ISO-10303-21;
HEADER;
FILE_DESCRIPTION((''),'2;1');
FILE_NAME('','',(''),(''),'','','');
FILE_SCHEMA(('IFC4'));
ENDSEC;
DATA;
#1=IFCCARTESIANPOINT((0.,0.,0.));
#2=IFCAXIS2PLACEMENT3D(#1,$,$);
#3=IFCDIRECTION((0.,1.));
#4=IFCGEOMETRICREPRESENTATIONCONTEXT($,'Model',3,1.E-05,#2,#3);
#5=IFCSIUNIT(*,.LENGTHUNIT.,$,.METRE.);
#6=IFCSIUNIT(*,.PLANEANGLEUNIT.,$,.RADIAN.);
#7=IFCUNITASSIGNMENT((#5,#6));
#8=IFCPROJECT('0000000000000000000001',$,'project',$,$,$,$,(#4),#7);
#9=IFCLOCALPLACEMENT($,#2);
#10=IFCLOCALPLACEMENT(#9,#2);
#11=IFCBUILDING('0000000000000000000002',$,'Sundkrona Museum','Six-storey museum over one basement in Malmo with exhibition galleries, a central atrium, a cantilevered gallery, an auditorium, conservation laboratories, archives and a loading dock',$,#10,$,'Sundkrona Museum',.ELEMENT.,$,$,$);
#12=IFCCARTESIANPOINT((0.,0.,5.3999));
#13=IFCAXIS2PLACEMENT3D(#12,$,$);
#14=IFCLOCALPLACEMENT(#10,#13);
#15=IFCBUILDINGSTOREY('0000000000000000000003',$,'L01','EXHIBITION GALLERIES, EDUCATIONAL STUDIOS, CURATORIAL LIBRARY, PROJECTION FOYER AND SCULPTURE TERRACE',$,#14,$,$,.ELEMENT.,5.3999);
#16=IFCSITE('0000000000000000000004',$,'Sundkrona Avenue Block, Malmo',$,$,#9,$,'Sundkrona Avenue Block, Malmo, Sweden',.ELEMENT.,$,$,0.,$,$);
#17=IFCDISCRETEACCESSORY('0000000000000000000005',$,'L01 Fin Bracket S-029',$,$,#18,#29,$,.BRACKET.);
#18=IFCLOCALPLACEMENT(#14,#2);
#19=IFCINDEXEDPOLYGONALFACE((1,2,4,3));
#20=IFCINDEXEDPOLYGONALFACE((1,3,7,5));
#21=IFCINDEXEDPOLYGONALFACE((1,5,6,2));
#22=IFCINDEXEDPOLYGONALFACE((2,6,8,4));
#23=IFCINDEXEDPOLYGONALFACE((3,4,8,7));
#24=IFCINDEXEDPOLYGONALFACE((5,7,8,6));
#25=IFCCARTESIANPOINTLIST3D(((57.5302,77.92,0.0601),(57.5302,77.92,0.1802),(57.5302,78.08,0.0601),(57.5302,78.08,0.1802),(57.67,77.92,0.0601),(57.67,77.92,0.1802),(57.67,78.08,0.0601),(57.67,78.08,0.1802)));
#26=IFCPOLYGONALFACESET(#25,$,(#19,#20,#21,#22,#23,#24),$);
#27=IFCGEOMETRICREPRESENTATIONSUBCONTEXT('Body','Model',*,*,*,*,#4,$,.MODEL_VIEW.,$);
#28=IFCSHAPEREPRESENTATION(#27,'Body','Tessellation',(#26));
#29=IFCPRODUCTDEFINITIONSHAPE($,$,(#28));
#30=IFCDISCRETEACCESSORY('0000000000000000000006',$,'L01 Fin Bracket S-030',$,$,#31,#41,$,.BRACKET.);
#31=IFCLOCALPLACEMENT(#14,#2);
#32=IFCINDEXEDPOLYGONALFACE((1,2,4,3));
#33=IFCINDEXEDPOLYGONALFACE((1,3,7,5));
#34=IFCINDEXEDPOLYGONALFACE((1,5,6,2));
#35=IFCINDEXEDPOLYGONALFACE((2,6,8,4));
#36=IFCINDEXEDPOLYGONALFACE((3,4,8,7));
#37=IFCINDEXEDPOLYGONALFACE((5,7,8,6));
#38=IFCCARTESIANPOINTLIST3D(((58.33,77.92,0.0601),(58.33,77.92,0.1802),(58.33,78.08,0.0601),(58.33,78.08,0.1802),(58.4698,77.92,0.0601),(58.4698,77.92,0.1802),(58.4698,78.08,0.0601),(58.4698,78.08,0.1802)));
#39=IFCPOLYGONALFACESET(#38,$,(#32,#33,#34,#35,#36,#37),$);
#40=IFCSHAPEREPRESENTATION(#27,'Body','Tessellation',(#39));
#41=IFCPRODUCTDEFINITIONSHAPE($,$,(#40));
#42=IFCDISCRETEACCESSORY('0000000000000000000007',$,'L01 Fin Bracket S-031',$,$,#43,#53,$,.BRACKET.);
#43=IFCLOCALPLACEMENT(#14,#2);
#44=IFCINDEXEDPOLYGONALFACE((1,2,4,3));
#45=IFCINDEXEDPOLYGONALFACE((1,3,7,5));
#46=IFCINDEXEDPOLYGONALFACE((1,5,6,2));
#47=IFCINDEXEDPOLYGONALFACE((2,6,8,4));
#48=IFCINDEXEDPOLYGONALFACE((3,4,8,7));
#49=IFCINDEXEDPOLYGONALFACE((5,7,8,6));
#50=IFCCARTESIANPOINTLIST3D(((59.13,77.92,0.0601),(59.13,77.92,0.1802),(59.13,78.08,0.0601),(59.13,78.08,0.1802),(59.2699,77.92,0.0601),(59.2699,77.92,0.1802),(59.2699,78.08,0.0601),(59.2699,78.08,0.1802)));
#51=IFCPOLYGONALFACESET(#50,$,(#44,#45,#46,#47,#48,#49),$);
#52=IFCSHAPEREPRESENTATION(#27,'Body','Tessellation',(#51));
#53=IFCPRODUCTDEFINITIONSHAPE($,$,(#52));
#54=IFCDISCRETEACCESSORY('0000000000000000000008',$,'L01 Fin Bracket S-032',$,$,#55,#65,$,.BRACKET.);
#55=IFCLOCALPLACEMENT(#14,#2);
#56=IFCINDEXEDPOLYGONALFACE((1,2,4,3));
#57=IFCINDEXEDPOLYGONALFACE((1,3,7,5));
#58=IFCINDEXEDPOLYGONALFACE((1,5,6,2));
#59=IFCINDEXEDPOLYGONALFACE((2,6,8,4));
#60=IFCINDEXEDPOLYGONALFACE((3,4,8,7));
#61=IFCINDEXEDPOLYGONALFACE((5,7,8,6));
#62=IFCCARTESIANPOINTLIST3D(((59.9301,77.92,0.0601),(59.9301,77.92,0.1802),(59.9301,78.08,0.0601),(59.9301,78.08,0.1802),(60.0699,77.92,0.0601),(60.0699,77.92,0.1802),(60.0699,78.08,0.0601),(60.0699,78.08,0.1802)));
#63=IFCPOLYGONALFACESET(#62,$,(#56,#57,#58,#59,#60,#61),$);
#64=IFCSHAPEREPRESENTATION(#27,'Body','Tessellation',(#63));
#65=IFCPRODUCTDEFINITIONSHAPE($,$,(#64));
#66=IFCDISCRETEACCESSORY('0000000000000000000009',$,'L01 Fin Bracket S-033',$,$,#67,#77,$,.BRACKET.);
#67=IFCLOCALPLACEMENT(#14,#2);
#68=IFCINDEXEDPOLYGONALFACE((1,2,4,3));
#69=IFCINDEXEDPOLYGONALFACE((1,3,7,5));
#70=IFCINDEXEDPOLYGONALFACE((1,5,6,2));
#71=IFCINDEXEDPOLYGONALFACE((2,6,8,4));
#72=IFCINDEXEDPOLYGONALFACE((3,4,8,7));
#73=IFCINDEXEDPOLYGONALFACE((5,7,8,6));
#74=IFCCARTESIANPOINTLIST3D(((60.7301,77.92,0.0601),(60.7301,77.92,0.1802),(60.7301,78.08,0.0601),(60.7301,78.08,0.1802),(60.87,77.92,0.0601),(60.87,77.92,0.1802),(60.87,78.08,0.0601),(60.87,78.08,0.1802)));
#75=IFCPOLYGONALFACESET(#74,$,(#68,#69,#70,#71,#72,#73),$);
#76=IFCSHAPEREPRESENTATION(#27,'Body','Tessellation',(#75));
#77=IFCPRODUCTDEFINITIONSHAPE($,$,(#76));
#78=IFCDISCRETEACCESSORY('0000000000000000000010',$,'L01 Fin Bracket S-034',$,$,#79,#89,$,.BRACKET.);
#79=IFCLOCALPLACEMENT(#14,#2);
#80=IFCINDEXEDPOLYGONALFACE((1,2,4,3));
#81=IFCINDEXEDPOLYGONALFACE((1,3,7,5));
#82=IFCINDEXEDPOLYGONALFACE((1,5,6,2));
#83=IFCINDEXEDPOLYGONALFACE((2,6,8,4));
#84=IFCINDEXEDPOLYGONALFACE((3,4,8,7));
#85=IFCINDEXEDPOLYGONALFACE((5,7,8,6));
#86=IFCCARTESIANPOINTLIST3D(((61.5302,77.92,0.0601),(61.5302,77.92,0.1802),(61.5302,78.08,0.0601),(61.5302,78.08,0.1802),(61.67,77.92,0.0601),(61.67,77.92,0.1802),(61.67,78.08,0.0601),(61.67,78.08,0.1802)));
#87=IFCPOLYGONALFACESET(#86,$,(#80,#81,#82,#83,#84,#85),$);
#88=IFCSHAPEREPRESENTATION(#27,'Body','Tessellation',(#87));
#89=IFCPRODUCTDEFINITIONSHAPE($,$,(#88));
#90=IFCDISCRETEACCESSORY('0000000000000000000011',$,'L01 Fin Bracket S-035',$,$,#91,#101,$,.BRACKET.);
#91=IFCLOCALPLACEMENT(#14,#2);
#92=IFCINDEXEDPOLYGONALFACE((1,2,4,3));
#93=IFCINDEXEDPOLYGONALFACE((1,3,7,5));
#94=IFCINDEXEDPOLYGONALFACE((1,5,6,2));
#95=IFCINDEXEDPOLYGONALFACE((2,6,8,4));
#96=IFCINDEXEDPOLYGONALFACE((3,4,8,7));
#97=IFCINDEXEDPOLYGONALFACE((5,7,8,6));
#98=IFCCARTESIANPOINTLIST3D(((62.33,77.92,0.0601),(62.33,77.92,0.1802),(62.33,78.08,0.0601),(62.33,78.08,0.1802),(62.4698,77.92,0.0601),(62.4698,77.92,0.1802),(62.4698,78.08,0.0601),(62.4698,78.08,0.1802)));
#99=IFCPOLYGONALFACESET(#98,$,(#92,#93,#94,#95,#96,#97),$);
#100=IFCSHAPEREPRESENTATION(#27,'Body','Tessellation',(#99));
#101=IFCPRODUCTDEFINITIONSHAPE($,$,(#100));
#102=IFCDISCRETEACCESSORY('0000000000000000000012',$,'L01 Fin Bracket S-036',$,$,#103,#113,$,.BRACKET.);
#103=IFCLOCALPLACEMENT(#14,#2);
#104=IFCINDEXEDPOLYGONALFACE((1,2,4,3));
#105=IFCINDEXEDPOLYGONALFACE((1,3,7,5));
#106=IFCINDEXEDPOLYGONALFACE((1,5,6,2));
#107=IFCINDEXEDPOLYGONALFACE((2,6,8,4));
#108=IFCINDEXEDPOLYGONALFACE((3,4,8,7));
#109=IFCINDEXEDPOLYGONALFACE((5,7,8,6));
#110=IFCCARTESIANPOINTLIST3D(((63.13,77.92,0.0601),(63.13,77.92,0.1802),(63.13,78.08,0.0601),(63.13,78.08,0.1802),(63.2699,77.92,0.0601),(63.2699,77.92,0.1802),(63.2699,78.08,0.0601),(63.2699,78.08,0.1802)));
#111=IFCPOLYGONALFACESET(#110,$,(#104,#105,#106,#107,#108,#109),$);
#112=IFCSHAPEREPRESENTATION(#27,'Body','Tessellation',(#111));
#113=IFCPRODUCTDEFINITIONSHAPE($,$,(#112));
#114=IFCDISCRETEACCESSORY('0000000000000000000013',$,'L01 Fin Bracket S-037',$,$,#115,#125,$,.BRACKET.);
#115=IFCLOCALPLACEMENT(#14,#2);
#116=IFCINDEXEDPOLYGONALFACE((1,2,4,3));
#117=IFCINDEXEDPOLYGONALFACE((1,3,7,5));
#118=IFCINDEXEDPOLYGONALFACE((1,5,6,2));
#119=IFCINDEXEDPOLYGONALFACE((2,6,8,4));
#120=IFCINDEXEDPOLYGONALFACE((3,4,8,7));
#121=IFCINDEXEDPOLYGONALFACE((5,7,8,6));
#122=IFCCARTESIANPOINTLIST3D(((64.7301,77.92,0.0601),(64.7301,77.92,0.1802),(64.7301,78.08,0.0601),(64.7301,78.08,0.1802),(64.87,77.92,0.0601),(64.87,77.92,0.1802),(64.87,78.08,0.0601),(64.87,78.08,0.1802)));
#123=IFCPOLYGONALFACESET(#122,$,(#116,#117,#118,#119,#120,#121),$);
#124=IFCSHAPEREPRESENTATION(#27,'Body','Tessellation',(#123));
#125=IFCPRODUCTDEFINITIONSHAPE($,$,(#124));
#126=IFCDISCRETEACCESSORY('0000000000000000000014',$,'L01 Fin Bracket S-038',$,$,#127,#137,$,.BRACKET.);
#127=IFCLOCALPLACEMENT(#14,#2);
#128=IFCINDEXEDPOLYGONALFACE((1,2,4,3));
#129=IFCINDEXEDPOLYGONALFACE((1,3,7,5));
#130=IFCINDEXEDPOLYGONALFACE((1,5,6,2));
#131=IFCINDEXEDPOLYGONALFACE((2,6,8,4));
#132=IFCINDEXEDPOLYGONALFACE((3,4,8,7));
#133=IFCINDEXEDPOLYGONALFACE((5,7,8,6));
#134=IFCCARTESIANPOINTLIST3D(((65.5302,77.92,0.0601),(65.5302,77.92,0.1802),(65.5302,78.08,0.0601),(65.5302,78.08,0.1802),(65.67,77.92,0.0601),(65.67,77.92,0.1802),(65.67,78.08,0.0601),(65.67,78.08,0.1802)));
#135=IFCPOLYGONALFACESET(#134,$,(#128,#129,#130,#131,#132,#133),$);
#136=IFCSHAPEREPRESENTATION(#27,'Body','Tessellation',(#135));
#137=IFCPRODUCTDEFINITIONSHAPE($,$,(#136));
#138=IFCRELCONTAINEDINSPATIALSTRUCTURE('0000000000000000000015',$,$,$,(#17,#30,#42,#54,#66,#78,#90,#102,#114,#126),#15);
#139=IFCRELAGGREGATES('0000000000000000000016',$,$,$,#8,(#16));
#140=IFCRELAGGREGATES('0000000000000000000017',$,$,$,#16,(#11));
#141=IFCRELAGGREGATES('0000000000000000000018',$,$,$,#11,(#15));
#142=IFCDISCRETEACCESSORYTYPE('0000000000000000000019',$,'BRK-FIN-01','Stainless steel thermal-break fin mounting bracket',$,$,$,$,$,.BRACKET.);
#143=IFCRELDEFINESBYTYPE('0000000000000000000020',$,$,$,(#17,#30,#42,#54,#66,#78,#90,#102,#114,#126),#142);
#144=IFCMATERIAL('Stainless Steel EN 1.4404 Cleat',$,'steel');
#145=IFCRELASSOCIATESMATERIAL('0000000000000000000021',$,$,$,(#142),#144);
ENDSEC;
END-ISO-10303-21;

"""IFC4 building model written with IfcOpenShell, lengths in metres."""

from ifc_helpers import new_model, si_unit, direction, frame, origin, origin_2d, place, context, subcontext, project, spatial, rectangle, extrude, material, type_object, element, save


model = new_model("IFC4")

# Units and contexts
model_context = context("Model", 3, precision=1e-05, world=origin(), true_north=direction((0.0, 1.0)))
body_context = subcontext(model_context, "Body", "Model", "MODEL_VIEW")
ifc_project = project(units=[si_unit("LENGTHUNIT", "METRE"), si_unit("PLANEANGLEUNIT", "RADIAN")], contexts=[model_context])

# Site, building, storey
site_placement = place(None, origin())
site = spatial("IfcSite", under=ifc_project, at=site_placement, Name="Sundkrona Avenue Block, Malmo", LongName="Sundkrona Avenue Block, Malmo, Sweden", CompositionType="ELEMENT", RefElevation=0.0)
building_placement = place(site_placement, origin())
building = spatial("IfcBuilding", under=site, at=building_placement, Name="Sundkrona Museum", Description="Six-storey museum over one basement in Malmo with exhibition galleries, a central atrium, a cantilevered gallery, an auditorium, conservation laboratories, archives and a loading dock", LongName="Sundkrona Museum", CompositionType="ELEMENT")
storey_placement = place(building_placement, frame((0.0, 0.0, 5.3999)))
storey = spatial("IfcBuildingStorey", under=building, at=storey_placement, Name="L01", Description="EXHIBITION GALLERIES, EDUCATIONAL STUDIOS, CURATORIAL LIBRARY, PROJECTION FOYER AND SCULPTURE TERRACE", CompositionType="ELEMENT", Elevation=5.3999)

# Discrete accessories
ifc_material_1 = material(Name="Stainless Steel EN 1.4404 Cleat", Category="steel")
discrete_accessory_type = type_object("IfcDiscreteAccessoryType", Name="BRK-FIN-01", Description="Stainless steel thermal-break fin mounting bracket", PredefinedType="BRACKET", material=ifc_material_1)
for number, where, z_axis, x_axis, name in (
    (1, (57.6001, 78.0, 0.0601), (0.0, 0.0, 1.0), (1.0, 0.0, 0.0), "L01 Fin Bracket S-029"),
    (2, (58.3999, 78.0, 0.0601), (0.0, 0.0, 1.0), (1.0, 0.0, 0.0), "L01 Fin Bracket S-030"),
    (3, (59.2, 78.0, 0.0601), (0.0, 0.0, 1.0), (1.0, 0.0, 0.0), "L01 Fin Bracket S-031"),
    (4, (60.0, 78.0, 0.0601), (0.0, 0.0, 1.0), (1.0, 0.0, 0.0), "L01 Fin Bracket S-032"),
    (5, (60.8, 78.0, 0.0601), (0.0, 0.0, 1.0), (1.0, 0.0, 0.0), "L01 Fin Bracket S-033"),
    (6, (61.6001, 78.0, 0.0601), (0.0, 0.0, 1.0), (1.0, 0.0, 0.0), "L01 Fin Bracket S-034"),
    (7, (62.3999, 78.0, 0.0601), (0.0, 0.0, 1.0), (1.0, 0.0, 0.0), "L01 Fin Bracket S-035"),
    (8, (63.2, 78.0, 0.0601), (0.0, 0.0, 1.0), (1.0, 0.0, 0.0), "L01 Fin Bracket S-036"),
    (9, (64.8, 78.0, 0.0601), (0.0, 0.0, 1.0), (1.0, 0.0, 0.0), "L01 Fin Bracket S-037"),
    (10, (65.6001, 78.0, 0.0601), (0.0, 0.0, 1.0), (1.0, 0.0, 0.0), "L01 Fin Bracket S-038"),
):
    element("IfcDiscreteAccessory", number, at=place(storey_placement, frame(where, z_axis=z_axis, x_axis=x_axis)), inside=storey, type_object=discrete_accessory_type, Name=name, PredefinedType="BRACKET", context=body_context, shape_type="SweptSolid", body=[
        extrude(rectangle(XDim=0.1399, YDim=0.1599, at=origin_2d()), origin(), (0.0, 0.0, 1.0), 0.1201),
    ])

save(model, "model.ifc")
